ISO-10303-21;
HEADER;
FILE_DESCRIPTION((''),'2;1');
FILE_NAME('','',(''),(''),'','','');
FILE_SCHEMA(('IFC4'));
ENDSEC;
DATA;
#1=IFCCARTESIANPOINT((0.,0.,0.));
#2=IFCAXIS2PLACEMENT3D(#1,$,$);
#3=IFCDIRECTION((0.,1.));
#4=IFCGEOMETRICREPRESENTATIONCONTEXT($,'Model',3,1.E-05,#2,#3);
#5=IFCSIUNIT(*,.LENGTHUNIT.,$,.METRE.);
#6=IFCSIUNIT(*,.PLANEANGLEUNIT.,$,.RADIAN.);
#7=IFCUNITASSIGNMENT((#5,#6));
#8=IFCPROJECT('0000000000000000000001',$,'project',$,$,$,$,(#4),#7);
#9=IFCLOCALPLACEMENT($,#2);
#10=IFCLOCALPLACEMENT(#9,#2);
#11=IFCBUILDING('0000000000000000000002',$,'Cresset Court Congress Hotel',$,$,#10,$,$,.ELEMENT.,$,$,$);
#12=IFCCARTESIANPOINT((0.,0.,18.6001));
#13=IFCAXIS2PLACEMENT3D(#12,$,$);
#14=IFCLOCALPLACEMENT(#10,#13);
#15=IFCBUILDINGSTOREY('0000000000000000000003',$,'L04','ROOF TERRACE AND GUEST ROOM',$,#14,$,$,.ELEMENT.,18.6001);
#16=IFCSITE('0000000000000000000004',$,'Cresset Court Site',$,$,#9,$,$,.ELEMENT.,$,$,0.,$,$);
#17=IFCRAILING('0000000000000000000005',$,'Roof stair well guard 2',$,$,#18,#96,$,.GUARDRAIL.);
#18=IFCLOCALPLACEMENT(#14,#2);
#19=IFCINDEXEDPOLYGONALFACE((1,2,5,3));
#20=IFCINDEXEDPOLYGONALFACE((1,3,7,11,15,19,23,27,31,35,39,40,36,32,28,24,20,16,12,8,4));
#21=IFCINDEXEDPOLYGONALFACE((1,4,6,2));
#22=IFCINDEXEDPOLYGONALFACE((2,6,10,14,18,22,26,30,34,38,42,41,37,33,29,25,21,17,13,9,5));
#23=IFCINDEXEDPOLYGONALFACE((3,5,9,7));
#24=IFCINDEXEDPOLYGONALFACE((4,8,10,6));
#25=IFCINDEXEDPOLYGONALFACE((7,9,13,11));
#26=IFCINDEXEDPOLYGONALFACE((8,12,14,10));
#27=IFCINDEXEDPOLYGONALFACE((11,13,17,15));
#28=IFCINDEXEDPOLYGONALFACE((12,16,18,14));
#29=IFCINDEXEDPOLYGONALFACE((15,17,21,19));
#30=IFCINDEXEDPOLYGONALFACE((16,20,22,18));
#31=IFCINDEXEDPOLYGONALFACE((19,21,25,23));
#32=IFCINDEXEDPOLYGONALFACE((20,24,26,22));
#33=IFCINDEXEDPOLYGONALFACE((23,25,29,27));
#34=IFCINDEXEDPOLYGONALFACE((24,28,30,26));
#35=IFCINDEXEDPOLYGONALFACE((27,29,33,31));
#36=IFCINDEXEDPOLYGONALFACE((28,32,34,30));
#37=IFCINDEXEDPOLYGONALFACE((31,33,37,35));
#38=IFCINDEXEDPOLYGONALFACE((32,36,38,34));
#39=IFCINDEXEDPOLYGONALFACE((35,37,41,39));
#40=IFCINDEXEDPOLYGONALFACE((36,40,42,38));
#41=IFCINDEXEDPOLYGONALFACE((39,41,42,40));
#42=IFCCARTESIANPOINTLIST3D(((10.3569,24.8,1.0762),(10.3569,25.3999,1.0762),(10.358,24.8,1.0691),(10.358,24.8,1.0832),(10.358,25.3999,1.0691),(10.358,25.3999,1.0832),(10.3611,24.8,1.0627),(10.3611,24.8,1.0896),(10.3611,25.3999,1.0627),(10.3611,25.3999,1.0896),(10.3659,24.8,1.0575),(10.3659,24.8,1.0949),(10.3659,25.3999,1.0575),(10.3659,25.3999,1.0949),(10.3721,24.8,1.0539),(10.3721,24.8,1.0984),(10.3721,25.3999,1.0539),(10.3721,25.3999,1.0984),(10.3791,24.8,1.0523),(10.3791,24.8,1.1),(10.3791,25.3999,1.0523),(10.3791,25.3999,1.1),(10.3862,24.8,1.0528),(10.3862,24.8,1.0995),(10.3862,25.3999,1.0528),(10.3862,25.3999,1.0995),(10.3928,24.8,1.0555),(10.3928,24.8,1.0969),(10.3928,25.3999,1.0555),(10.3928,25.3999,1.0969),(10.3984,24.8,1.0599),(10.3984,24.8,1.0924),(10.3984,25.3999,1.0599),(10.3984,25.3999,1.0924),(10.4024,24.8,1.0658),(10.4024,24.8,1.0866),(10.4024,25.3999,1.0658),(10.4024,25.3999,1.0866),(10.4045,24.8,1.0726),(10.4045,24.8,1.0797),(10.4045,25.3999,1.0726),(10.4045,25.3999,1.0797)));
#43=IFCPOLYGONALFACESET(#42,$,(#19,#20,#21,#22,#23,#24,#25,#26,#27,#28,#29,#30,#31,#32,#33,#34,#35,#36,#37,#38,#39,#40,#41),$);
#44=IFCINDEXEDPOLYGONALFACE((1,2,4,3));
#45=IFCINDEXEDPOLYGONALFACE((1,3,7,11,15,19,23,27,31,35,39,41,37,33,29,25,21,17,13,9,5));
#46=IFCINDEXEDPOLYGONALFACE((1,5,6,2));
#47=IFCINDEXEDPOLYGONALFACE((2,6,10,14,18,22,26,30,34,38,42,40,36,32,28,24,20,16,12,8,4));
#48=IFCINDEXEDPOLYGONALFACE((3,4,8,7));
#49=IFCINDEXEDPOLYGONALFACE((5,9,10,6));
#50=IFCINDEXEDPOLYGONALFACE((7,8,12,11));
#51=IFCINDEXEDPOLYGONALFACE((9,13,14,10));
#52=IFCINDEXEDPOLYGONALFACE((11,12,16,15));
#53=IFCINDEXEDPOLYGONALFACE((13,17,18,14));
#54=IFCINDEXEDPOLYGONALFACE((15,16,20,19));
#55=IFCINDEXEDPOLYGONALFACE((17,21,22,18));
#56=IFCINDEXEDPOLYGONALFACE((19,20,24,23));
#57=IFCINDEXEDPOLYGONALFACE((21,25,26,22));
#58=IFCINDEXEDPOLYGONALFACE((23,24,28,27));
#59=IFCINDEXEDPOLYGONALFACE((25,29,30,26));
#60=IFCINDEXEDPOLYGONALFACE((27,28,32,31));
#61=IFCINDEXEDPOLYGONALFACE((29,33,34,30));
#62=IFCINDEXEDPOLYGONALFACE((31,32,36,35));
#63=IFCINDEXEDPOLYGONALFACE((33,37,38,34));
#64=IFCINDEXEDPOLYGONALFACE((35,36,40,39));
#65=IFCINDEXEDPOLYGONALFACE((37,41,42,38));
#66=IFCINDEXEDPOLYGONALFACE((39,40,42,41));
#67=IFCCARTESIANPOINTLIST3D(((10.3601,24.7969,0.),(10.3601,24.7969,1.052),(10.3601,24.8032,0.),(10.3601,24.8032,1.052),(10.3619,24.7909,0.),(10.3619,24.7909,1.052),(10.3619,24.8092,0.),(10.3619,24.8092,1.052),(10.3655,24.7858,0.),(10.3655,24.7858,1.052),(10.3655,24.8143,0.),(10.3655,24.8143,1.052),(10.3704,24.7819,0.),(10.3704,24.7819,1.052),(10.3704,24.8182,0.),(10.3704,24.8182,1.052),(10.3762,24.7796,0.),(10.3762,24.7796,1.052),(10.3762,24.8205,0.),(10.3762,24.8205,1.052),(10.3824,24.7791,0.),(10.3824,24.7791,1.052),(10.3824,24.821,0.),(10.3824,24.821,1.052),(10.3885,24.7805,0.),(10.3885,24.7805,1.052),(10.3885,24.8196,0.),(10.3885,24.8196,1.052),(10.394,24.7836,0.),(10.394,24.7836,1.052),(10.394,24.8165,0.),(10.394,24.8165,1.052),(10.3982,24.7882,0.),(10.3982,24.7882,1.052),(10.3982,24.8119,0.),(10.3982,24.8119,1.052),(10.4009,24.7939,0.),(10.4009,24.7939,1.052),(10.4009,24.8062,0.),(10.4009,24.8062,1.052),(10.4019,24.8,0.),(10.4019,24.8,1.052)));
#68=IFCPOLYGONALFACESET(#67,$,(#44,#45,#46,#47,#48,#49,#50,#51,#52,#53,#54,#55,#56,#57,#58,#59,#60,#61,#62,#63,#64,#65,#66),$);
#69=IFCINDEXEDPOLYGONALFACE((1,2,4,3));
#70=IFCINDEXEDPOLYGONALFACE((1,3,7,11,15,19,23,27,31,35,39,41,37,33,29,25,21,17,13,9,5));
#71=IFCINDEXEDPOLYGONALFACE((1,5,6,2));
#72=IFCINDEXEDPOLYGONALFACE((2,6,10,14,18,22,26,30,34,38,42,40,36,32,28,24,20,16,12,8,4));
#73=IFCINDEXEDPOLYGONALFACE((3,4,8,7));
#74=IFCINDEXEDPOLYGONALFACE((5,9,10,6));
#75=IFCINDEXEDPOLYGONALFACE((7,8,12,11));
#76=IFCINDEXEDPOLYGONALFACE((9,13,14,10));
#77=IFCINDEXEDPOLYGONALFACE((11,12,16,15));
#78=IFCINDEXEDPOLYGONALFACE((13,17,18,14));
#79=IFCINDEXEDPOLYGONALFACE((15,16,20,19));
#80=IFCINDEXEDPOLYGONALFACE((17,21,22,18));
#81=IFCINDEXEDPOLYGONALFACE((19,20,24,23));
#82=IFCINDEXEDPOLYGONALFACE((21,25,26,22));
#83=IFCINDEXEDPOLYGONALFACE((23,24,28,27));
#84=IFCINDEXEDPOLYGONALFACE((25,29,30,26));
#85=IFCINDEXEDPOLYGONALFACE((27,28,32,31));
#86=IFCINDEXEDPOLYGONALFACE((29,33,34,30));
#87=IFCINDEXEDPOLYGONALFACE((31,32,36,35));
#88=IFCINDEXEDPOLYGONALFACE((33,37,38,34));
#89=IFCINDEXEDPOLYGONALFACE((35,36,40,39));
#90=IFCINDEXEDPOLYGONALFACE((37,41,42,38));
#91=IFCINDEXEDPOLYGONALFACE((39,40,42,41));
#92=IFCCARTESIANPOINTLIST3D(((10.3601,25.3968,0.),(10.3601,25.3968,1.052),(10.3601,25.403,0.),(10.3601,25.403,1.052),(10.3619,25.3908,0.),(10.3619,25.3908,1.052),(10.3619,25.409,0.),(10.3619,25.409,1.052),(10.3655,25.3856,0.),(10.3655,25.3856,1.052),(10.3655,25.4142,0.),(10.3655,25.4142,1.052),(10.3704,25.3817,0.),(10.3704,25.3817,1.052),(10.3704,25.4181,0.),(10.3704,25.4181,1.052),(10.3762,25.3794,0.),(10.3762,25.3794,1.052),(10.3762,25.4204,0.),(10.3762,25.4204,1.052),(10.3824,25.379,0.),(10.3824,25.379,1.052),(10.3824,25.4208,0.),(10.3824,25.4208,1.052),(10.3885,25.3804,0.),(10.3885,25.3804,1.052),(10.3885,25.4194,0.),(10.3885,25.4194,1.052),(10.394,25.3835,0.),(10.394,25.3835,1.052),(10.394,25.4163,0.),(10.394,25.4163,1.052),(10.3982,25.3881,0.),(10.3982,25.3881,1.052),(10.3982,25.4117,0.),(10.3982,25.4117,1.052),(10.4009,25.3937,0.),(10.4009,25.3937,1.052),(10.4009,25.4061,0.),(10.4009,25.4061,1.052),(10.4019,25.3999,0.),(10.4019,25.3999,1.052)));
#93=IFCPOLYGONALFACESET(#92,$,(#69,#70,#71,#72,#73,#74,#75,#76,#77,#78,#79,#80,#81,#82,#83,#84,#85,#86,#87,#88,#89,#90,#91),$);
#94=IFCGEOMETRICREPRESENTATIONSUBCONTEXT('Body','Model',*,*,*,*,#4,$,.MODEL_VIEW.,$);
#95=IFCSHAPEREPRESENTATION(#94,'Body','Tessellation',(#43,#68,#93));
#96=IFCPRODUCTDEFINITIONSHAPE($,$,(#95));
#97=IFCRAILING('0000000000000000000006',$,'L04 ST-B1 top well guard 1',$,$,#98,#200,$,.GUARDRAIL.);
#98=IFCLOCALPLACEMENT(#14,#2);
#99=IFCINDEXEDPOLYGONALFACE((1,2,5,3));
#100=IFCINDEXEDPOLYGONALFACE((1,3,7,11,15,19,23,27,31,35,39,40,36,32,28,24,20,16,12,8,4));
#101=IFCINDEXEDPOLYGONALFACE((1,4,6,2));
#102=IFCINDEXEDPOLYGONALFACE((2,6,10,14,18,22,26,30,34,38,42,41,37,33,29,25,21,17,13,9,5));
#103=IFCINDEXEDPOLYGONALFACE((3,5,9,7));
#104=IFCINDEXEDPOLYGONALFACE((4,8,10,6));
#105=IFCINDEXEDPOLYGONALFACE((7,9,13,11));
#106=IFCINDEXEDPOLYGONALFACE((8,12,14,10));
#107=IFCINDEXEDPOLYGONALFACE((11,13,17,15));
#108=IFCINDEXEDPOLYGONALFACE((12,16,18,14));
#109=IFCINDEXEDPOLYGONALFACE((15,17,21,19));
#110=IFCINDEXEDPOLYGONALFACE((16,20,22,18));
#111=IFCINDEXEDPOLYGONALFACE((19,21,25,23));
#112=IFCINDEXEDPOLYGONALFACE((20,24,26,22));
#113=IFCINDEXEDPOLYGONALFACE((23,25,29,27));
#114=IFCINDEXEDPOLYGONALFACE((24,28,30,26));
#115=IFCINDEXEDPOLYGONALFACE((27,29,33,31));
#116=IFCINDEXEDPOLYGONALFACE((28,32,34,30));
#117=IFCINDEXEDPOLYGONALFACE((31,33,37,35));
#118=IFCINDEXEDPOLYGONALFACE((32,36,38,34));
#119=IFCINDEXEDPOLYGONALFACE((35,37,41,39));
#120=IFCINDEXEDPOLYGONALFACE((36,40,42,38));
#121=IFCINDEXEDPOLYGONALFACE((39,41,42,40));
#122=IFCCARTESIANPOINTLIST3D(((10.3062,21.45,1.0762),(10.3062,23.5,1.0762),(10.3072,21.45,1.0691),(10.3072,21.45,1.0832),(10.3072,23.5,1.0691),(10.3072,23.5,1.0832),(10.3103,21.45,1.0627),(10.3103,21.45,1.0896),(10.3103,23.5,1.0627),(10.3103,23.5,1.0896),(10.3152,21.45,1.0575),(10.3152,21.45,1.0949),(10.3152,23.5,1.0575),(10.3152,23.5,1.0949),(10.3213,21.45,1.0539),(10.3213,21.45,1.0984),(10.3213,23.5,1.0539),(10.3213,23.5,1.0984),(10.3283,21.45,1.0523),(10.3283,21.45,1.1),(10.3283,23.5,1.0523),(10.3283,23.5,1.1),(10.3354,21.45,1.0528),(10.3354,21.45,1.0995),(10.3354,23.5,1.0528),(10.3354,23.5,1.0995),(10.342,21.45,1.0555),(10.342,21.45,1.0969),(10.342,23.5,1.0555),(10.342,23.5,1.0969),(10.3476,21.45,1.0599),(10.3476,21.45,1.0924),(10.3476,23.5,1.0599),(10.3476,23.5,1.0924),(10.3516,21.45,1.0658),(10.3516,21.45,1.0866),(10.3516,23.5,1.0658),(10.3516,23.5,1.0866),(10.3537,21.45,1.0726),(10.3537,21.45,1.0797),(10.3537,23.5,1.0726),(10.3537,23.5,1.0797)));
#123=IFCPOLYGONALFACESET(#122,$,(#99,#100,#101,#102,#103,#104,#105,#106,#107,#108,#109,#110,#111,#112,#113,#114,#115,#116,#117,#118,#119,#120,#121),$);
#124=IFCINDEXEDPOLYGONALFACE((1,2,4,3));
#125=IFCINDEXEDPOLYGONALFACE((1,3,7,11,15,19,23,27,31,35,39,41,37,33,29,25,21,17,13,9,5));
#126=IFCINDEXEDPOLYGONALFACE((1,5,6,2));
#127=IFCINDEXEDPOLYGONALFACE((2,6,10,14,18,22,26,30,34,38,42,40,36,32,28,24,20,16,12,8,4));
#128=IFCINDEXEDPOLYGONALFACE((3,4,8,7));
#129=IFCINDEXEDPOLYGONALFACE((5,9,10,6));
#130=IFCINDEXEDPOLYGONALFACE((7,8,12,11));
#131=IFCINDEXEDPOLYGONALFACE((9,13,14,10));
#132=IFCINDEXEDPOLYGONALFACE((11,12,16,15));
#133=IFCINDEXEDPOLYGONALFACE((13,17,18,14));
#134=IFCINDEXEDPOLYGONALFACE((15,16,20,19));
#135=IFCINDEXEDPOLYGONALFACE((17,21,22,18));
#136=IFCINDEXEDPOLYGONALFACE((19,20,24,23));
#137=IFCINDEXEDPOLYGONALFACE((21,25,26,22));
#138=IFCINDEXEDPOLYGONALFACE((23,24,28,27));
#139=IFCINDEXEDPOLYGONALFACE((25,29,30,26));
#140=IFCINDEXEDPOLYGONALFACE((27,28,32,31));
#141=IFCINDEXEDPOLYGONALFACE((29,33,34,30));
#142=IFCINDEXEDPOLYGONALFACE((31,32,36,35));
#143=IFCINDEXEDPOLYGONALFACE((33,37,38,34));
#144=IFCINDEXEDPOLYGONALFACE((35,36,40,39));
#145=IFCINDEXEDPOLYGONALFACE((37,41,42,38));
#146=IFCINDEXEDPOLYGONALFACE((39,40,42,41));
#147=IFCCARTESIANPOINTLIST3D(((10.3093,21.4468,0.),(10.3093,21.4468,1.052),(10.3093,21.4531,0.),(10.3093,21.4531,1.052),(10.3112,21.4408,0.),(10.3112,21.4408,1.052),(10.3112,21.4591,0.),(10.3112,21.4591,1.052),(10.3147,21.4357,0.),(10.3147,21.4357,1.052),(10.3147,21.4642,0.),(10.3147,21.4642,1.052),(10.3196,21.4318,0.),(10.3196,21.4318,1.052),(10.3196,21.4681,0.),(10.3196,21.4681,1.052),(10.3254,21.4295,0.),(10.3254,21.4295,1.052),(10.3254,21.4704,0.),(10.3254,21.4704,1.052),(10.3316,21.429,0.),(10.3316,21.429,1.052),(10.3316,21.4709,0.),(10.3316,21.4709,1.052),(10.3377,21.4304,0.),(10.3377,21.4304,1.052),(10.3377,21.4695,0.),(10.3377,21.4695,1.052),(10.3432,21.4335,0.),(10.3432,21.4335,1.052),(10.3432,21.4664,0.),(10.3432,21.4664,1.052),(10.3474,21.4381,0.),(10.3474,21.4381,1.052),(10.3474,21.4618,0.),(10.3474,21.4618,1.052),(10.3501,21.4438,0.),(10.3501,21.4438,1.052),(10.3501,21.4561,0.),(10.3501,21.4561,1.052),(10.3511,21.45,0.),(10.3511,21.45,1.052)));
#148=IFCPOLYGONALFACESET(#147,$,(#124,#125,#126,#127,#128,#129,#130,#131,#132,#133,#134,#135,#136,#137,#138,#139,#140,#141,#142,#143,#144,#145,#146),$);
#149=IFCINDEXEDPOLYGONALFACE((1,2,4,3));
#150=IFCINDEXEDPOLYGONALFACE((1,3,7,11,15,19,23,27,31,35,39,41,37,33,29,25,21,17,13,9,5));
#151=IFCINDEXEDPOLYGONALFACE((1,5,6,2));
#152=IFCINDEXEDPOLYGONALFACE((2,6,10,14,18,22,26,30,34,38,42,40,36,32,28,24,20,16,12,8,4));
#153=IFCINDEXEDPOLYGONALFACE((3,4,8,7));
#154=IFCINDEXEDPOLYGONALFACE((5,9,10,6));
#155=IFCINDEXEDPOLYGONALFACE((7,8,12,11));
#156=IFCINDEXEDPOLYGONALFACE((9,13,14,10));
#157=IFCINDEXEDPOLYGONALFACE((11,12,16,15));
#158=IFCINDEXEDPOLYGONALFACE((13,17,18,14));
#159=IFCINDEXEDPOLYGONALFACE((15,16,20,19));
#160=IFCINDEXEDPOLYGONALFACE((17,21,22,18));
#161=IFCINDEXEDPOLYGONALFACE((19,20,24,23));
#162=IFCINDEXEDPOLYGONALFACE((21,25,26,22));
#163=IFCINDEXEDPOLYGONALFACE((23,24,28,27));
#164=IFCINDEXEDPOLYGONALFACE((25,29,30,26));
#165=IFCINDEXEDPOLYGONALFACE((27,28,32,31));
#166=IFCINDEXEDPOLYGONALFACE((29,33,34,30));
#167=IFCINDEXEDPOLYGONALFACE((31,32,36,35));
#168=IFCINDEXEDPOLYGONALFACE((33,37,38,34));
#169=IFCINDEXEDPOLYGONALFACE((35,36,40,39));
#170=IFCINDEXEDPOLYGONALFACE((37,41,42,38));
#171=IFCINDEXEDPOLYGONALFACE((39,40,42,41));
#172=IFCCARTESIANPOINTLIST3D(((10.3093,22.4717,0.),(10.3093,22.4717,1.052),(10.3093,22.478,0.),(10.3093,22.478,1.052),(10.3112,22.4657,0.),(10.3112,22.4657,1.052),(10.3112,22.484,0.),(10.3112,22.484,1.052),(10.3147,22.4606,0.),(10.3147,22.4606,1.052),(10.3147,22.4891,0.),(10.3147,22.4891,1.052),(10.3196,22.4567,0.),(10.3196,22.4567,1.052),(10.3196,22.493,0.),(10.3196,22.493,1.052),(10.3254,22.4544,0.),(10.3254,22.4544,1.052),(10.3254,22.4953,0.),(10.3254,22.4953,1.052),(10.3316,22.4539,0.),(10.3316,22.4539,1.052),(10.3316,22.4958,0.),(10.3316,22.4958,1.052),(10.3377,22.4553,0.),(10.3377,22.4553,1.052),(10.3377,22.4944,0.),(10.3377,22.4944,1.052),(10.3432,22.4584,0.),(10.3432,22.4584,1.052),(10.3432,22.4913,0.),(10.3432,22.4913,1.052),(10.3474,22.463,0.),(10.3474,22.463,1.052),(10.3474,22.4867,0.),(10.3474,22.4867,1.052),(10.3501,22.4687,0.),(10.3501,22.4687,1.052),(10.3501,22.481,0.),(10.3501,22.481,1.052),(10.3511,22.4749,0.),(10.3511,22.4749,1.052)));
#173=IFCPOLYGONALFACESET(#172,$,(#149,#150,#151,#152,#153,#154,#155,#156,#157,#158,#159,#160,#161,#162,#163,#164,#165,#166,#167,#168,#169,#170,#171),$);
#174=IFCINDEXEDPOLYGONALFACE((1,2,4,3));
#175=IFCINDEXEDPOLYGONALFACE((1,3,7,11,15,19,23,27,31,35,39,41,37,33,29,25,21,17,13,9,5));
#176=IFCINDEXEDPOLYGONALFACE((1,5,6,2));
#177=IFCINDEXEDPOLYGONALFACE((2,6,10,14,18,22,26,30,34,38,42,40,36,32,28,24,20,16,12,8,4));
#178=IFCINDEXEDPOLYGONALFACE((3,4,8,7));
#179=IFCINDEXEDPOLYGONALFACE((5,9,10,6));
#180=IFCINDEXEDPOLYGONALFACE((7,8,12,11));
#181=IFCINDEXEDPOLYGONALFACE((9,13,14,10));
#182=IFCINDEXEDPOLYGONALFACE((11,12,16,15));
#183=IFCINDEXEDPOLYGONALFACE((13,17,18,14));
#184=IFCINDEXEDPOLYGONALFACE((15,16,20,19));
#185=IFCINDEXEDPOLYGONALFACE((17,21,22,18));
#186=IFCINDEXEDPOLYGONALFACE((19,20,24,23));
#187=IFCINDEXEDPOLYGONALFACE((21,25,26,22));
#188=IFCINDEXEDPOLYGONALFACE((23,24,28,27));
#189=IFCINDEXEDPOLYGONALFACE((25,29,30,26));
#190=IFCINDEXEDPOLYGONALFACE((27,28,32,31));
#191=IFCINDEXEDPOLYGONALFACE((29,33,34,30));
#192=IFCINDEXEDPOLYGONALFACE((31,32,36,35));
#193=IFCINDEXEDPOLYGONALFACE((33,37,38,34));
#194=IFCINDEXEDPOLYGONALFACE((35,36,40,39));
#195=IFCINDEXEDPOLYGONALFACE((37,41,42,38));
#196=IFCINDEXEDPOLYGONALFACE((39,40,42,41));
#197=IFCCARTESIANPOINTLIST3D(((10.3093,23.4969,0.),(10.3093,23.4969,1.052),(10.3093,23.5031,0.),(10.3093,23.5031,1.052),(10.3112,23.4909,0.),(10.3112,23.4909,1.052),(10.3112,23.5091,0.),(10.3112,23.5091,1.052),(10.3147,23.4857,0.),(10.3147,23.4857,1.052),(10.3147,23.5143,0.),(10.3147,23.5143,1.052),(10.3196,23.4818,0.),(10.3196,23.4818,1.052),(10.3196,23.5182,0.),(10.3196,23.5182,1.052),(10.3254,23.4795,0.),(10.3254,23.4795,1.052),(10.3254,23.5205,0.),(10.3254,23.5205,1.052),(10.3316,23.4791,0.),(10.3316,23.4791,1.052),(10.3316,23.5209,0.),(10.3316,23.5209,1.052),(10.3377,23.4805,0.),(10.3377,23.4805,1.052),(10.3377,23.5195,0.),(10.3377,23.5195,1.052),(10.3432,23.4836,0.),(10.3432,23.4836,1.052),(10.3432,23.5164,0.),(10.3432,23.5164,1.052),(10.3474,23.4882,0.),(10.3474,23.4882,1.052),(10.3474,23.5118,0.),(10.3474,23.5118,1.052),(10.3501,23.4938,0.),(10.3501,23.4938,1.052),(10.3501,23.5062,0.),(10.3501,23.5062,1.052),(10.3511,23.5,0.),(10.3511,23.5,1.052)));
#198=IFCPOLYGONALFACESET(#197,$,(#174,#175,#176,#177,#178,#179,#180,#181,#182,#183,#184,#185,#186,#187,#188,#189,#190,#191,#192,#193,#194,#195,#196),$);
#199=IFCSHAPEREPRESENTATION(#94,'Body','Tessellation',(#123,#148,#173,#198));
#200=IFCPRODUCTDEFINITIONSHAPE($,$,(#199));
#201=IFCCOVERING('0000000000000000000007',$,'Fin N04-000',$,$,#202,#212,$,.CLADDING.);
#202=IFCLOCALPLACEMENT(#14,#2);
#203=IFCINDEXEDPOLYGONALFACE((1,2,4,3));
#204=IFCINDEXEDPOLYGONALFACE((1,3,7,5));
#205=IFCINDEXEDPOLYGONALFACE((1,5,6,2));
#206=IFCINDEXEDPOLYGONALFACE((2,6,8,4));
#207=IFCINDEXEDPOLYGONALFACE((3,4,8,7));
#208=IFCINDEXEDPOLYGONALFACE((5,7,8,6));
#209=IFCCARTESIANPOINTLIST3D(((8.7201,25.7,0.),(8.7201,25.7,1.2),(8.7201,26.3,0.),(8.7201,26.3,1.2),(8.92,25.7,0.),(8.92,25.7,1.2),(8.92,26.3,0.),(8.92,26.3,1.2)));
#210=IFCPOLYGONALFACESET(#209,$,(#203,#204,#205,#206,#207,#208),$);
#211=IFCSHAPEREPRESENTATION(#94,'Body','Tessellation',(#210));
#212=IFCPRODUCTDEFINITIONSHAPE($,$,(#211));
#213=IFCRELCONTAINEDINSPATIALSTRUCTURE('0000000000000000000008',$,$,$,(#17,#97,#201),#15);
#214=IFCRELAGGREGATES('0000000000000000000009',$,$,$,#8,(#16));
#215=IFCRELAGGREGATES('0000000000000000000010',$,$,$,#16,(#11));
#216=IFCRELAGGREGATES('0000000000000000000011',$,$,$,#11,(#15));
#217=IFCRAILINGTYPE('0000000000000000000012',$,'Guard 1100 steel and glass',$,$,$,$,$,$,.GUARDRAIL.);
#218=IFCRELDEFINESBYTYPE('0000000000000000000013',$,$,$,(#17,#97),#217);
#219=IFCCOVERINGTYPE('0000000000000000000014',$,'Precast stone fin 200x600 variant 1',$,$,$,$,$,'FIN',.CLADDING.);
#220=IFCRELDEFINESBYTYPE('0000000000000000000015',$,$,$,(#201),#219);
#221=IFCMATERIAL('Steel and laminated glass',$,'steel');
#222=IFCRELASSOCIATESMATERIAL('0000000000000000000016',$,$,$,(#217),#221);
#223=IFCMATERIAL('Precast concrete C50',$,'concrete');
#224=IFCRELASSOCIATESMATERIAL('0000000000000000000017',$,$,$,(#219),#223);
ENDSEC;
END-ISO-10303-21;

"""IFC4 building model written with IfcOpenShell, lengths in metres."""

from ifc_helpers import new_model, si_unit, direction, frame, origin, origin_2d, place, context, subcontext, project, spatial, rectangle, circle, extrude, material, type_object, element, save


model = new_model("IFC4")

# Units and contexts
model_context = context("Model", 3, precision=1e-05, world=origin(), true_north=direction((0.0, 1.0)))
body_context = subcontext(model_context, "Body", "Model", "MODEL_VIEW")
ifc_project = project(units=[si_unit("LENGTHUNIT", "METRE"), si_unit("PLANEANGLEUNIT", "RADIAN")], contexts=[model_context])

# Site, building, storey
site_placement = place(None, origin())
site = spatial("IfcSite", under=ifc_project, at=site_placement, Name="Cresset Court Site", CompositionType="ELEMENT", RefElevation=0.0)
building_placement = place(site_placement, origin())
building = spatial("IfcBuilding", under=site, at=building_placement, Name="Cresset Court Congress Hotel", CompositionType="ELEMENT")
storey_placement = place(building_placement, frame((0.0, 0.0, 18.6001)))
storey = spatial("IfcBuildingStorey", under=building, at=storey_placement, Name="L04", Description="ROOF TERRACE AND GUEST ROOM", CompositionType="ELEMENT", Elevation=18.6001)

# Railings
ifc_material_1 = material(Name="Steel and laminated glass", Category="steel")
railing_type = type_object("IfcRailingType", Name="Guard 1100 steel and glass", PredefinedType="GUARDRAIL", material=ifc_material_1)
railing_1_placement = place(storey_placement, frame((10.3809, 24.8, 0.0)))
element("IfcRailing", 1, at=railing_1_placement, inside=storey, type_object=railing_type, Name="Roof stair well guard 2", PredefinedType="GUARDRAIL", context=body_context, shape_type="SweptSolid", body=[
    extrude(circle(Radius=0.0239, at=origin_2d()), frame((0.0, 0.0, 1.0762), z_axis=(0.0, 1.0, 0.0), x_axis=(-1.0, 0.0, 0.0)), (0.0, 0.0, 1.0), 0.5999),
    extrude(circle(Radius=0.021, at=origin_2d()), origin(), (0.0, 0.0, 1.0), 1.052),
    extrude(circle(Radius=0.021, at=origin_2d()), frame((0.0, 0.5999, 0.0)), (0.0, 0.0, 1.0), 1.052),
])
railing_2_placement = place(storey_placement, frame((10.3301, 21.45, 0.0)))
element("IfcRailing", 2, at=railing_2_placement, inside=storey, type_object=railing_type, Name="L04 ST-B1 top well guard 1", PredefinedType="GUARDRAIL", context=body_context, shape_type="SweptSolid", body=[
    extrude(circle(Radius=0.0239, at=origin_2d()), frame((0.0, 0.0, 1.0762), z_axis=(0.0, 1.0, 0.0), x_axis=(-1.0, 0.0, 0.0)), (0.0, 0.0, 1.0), 2.05),
    extrude(circle(Radius=0.021, at=origin_2d()), origin(), (0.0, 0.0, 1.0), 1.052),
    extrude(circle(Radius=0.021, at=origin_2d()), frame((0.0, 1.0249, 0.0)), (0.0, 0.0, 1.0), 1.052),
    extrude(circle(Radius=0.021, at=origin_2d()), frame((0.0, 2.05, 0.0)), (0.0, 0.0, 1.0), 1.052),
])

# Covering
ifc_material_2 = material(Name="Precast concrete C50", Category="concrete")
covering_type_1 = type_object("IfcCoveringType", Name="Precast stone fin 200x600 variant 1", ElementType="FIN", PredefinedType="CLADDING", material=ifc_material_2)
for number, where, z_axis, x_axis, name in (
    (3, (8.8201, 26.0, 0.0), (0.0, 0.0, 1.0), (1.0, 0.0, 0.0), "Fin N04-000"),
):
    element("IfcCovering", number, at=place(storey_placement, frame(where, z_axis=z_axis, x_axis=x_axis)), inside=storey, type_object=covering_type_1, Name=name, PredefinedType="CLADDING", context=body_context, shape_type="SweptSolid", body=[
        extrude(rectangle(XDim=0.2, YDim=0.6001, at=origin_2d()), origin(), (0.0, 0.0, 1.0), 1.2),
    ])

save(model, "model.ifc")
